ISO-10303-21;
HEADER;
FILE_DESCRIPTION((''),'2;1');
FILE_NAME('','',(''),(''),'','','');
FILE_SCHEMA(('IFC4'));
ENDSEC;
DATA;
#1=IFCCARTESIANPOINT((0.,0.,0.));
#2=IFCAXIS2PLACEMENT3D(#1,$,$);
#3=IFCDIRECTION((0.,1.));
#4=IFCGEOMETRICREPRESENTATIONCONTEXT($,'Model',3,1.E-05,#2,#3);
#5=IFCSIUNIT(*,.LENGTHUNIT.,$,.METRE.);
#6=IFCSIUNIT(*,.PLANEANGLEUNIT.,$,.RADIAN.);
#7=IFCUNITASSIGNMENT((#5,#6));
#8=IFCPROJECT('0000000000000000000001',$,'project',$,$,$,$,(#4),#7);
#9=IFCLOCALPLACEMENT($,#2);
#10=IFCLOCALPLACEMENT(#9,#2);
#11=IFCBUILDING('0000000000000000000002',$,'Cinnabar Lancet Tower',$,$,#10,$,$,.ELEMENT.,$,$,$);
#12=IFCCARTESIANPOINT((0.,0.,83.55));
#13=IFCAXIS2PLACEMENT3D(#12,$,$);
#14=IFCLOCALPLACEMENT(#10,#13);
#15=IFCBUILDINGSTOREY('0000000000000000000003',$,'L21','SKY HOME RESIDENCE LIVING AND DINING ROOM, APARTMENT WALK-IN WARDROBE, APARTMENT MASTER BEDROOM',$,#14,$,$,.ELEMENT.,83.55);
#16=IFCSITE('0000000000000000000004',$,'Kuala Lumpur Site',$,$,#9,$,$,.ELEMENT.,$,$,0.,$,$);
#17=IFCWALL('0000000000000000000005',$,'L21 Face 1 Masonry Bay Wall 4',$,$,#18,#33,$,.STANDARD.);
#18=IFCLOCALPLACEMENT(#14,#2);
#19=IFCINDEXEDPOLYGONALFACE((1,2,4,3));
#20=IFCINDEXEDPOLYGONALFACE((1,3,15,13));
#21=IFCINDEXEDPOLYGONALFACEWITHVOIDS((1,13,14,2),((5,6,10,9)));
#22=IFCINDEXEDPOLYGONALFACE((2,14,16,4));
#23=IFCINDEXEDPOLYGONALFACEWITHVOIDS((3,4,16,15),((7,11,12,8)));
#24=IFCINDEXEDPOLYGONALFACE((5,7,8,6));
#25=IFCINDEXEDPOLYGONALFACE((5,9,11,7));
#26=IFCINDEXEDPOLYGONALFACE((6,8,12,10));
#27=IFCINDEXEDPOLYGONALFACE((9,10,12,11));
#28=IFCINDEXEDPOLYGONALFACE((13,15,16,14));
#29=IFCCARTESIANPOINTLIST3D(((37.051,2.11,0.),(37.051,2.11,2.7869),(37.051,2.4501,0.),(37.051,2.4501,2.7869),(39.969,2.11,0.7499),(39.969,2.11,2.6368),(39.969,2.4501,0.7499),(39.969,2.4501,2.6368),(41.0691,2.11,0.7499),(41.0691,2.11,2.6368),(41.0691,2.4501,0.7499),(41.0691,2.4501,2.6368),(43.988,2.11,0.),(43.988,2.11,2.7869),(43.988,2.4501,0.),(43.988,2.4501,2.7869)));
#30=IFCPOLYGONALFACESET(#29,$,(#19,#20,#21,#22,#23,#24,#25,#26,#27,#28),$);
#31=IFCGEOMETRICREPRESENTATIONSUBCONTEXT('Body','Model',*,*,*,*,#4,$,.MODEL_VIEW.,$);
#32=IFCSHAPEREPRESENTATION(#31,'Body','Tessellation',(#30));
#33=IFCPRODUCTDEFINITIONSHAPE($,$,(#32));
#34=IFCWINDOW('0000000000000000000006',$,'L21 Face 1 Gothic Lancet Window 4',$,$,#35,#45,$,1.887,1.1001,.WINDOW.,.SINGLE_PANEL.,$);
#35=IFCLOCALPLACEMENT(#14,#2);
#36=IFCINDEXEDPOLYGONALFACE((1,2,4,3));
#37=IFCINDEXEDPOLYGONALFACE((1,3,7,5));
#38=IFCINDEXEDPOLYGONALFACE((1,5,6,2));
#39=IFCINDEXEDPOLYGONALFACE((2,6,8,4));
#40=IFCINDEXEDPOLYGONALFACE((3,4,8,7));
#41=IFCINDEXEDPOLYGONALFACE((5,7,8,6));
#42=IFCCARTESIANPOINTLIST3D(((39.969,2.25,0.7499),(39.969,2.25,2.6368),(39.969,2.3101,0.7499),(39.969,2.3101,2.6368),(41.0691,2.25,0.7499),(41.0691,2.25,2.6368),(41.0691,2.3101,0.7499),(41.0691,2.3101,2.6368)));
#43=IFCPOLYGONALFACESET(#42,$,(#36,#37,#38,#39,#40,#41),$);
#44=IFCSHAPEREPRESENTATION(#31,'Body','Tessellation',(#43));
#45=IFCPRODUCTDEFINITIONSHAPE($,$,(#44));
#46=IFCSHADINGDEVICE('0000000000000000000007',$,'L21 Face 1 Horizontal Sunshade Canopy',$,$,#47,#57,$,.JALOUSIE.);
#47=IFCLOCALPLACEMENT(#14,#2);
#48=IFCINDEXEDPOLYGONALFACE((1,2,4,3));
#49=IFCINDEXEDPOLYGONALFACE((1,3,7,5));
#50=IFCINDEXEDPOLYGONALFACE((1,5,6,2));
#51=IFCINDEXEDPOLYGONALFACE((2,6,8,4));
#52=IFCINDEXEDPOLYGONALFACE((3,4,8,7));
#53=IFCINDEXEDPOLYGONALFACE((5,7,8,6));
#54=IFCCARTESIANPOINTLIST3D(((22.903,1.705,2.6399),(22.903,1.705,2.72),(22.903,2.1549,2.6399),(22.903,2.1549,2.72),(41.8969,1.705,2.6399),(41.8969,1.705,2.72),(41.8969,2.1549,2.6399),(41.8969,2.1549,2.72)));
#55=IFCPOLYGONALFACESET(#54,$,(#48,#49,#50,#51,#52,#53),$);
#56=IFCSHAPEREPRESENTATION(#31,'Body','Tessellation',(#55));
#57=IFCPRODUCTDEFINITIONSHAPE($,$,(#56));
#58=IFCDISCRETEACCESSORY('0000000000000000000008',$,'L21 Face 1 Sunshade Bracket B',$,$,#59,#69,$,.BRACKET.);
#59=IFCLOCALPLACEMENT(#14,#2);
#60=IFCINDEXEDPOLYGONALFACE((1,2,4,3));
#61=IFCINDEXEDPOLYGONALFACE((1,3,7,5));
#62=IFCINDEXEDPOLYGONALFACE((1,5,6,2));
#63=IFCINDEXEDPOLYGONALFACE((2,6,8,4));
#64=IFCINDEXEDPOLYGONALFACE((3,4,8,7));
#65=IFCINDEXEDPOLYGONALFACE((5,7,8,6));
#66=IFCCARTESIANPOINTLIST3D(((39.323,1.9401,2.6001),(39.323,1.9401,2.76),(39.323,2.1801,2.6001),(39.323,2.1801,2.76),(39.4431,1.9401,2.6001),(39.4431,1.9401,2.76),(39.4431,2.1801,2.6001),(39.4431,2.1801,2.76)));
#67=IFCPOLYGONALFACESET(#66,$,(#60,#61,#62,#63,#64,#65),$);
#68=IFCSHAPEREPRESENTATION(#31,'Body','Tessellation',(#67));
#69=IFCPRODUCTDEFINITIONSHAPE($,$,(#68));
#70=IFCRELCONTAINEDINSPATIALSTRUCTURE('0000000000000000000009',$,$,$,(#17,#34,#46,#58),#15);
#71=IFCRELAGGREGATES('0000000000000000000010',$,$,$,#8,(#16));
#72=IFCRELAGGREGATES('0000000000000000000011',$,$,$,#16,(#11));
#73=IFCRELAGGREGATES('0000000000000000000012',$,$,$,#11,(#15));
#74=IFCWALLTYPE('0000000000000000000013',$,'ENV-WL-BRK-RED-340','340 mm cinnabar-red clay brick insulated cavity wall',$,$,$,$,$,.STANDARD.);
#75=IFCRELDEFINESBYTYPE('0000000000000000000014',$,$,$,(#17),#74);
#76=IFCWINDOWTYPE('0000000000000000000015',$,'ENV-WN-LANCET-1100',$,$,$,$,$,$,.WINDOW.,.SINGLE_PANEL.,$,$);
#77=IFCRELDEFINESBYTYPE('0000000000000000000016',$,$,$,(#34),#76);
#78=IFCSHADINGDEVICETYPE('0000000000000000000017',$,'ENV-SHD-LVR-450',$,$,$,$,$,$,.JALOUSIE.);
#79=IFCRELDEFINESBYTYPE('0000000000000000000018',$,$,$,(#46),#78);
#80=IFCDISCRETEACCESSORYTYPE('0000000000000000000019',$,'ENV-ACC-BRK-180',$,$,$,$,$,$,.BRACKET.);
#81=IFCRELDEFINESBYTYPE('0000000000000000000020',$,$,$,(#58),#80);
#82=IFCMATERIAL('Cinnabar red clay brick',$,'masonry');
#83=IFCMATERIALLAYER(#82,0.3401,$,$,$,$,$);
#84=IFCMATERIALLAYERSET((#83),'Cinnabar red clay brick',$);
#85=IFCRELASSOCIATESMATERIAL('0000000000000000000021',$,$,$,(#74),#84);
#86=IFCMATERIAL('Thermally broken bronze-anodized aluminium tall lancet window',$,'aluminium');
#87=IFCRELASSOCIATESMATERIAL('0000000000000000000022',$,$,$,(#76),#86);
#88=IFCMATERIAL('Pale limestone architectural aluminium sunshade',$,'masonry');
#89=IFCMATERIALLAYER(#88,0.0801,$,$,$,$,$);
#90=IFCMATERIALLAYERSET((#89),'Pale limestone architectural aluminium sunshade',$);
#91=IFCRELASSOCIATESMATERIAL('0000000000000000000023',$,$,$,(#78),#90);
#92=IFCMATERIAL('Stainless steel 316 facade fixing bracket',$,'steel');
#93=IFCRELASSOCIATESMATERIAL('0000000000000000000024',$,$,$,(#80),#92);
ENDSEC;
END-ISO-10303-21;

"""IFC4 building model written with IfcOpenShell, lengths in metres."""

from ifc_helpers import new_model, si_unit, direction, frame, frame_2d, origin, origin_2d, place, context, subcontext, project, spatial, rectangle, extrude, material, layer, layer_set, type_object, element, fill, save


model = new_model("IFC4")

# Units and contexts
model_context = context("Model", 3, precision=1e-05, world=origin(), true_north=direction((0.0, 1.0)))
body_context = subcontext(model_context, "Body", "Model", "MODEL_VIEW")
ifc_project = project(units=[si_unit("LENGTHUNIT", "METRE"), si_unit("PLANEANGLEUNIT", "RADIAN")], contexts=[model_context])

# Site, building, storey
site_placement = place(None, origin())
site = spatial("IfcSite", under=ifc_project, at=site_placement, Name="Kuala Lumpur Site", CompositionType="ELEMENT", RefElevation=0.0)
building_placement = place(site_placement, origin())
building = spatial("IfcBuilding", under=site, at=building_placement, Name="Cinnabar Lancet Tower", CompositionType="ELEMENT")
storey_placement = place(building_placement, frame((0.0, 0.0, 83.55)))
storey = spatial("IfcBuildingStorey", under=building, at=storey_placement, Name="L21", Description="SKY HOME RESIDENCE LIVING AND DINING ROOM, APARTMENT WALK-IN WARDROBE, APARTMENT MASTER BEDROOM", CompositionType="ELEMENT", Elevation=83.55)

# Wall, opening, window
ifc_material_1 = material(Name="Cinnabar red clay brick", Category="masonry")
ifc_layer_1 = layer(ifc_material_1, 0.3401)
ifc_layer_set_1 = layer_set([ifc_layer_1], Name="Cinnabar red clay brick")
wall_type_1 = type_object("IfcWallType", Name="ENV-WL-BRK-RED-340", Description="340 mm cinnabar-red clay brick insulated cavity wall", PredefinedType="STANDARD", material=ifc_layer_set_1)
wall_1_placement = place(storey_placement, frame((37.051, 2.28, 0.0), z_axis=(0.0, 0.0, 1.0), x_axis=(1.0, 0.0, 0.0)))
wall_1 = element("IfcWall", 1, at=wall_1_placement, inside=storey, type_object=wall_type_1, Name="L21 Face 1 Masonry Bay Wall 4", PredefinedType="STANDARD", context=body_context, shape_type="SweptSolid", body=[
    extrude(rectangle(XDim=6.937, YDim=0.3401, at=frame_2d((3.4685, 0.0))), origin(), (0.0, 0.0, 1.0), 2.7869),
])
opening_1_placement = place(wall_1_placement, frame((2.918, 0.0, 0.75)))
opening_1 = element("IfcOpeningElement", 2, at=opening_1_placement, cuts=wall_1, PredefinedType="OPENING", context=body_context, shape_type="SweptSolid", body=[
    extrude(rectangle(XDim=1.1001, YDim=1.887, at=frame_2d((0.55, 0.9434))), frame((0.0, 0.1799, 0.0), z_axis=(0.0, -1.0, 0.0), x_axis=(1.0, 0.0, 0.0)), (0.0, 0.0, 1.0), 0.3601),
])
ifc_material_2 = material(Name="Thermally broken bronze-anodized aluminium tall lancet window", Category="aluminium")
window_type = type_object("IfcWindowType", Name="ENV-WN-LANCET-1100", PartitioningType="SINGLE_PANEL", PredefinedType="WINDOW", material=ifc_material_2)
window_placement = place(opening_1_placement, origin())
window = element("IfcWindow", 3, at=window_placement, inside=storey, type_object=window_type, Name="L21 Face 1 Gothic Lancet Window 4", OverallHeight=1.887, OverallWidth=1.1001, PartitioningType="SINGLE_PANEL", PredefinedType="WINDOW", context=body_context, shape_type="SweptSolid", body=[
    extrude(rectangle(XDim=1.1001, YDim=1.887, at=frame_2d((0.55, 0.9434))), frame((0.0, 0.03, 0.0), z_axis=(0.0, -1.0, 0.0), x_axis=(1.0, 0.0, 0.0)), (0.0, 0.0, 1.0), 0.0601),
])
fill(opening_1, window)

# Shading device
ifc_material_3 = material(Name="Pale limestone architectural aluminium sunshade", Category="masonry")
ifc_layer_2 = layer(ifc_material_3, 0.0801)
ifc_layer_set_2 = layer_set([ifc_layer_2], Name="Pale limestone architectural aluminium sunshade")
shading_device_type = type_object("IfcShadingDeviceType", Name="ENV-SHD-LVR-450", PredefinedType="JALOUSIE", material=ifc_layer_set_2)
shading_device_placement = place(storey_placement, frame((32.3999, 1.9299, 2.6399), z_axis=(0.0, 0.0, 1.0), x_axis=(1.0, 0.0, 0.0)))
element("IfcShadingDevice", 4, at=shading_device_placement, inside=storey, type_object=shading_device_type, Name="L21 Face 1 Horizontal Sunshade Canopy", PredefinedType="JALOUSIE", context=body_context, shape_type="SweptSolid", body=[
    extrude(rectangle(XDim=18.9939, YDim=0.45, at=origin_2d()), origin(), (0.0, 0.0, 1.0), 0.0801),
])

# Discrete accessory
ifc_material_4 = material(Name="Stainless steel 316 facade fixing bracket", Category="steel")
discrete_accessory_type = type_object("IfcDiscreteAccessoryType", Name="ENV-ACC-BRK-180", PredefinedType="BRACKET", material=ifc_material_4)
discrete_accessory_placement = place(storey_placement, frame((39.3831, 2.0601, 2.6001), z_axis=(0.0, 0.0, 1.0), x_axis=(1.0, 0.0, 0.0)))
element("IfcDiscreteAccessory", 5, at=discrete_accessory_placement, inside=storey, type_object=discrete_accessory_type, Name="L21 Face 1 Sunshade Bracket B", PredefinedType="BRACKET", context=body_context, shape_type="SweptSolid", body=[
    extrude(rectangle(XDim=0.1201, YDim=0.24, at=origin_2d()), origin(), (0.0, 0.0, 1.0), 0.1599),
])

save(model, "model.ifc")
